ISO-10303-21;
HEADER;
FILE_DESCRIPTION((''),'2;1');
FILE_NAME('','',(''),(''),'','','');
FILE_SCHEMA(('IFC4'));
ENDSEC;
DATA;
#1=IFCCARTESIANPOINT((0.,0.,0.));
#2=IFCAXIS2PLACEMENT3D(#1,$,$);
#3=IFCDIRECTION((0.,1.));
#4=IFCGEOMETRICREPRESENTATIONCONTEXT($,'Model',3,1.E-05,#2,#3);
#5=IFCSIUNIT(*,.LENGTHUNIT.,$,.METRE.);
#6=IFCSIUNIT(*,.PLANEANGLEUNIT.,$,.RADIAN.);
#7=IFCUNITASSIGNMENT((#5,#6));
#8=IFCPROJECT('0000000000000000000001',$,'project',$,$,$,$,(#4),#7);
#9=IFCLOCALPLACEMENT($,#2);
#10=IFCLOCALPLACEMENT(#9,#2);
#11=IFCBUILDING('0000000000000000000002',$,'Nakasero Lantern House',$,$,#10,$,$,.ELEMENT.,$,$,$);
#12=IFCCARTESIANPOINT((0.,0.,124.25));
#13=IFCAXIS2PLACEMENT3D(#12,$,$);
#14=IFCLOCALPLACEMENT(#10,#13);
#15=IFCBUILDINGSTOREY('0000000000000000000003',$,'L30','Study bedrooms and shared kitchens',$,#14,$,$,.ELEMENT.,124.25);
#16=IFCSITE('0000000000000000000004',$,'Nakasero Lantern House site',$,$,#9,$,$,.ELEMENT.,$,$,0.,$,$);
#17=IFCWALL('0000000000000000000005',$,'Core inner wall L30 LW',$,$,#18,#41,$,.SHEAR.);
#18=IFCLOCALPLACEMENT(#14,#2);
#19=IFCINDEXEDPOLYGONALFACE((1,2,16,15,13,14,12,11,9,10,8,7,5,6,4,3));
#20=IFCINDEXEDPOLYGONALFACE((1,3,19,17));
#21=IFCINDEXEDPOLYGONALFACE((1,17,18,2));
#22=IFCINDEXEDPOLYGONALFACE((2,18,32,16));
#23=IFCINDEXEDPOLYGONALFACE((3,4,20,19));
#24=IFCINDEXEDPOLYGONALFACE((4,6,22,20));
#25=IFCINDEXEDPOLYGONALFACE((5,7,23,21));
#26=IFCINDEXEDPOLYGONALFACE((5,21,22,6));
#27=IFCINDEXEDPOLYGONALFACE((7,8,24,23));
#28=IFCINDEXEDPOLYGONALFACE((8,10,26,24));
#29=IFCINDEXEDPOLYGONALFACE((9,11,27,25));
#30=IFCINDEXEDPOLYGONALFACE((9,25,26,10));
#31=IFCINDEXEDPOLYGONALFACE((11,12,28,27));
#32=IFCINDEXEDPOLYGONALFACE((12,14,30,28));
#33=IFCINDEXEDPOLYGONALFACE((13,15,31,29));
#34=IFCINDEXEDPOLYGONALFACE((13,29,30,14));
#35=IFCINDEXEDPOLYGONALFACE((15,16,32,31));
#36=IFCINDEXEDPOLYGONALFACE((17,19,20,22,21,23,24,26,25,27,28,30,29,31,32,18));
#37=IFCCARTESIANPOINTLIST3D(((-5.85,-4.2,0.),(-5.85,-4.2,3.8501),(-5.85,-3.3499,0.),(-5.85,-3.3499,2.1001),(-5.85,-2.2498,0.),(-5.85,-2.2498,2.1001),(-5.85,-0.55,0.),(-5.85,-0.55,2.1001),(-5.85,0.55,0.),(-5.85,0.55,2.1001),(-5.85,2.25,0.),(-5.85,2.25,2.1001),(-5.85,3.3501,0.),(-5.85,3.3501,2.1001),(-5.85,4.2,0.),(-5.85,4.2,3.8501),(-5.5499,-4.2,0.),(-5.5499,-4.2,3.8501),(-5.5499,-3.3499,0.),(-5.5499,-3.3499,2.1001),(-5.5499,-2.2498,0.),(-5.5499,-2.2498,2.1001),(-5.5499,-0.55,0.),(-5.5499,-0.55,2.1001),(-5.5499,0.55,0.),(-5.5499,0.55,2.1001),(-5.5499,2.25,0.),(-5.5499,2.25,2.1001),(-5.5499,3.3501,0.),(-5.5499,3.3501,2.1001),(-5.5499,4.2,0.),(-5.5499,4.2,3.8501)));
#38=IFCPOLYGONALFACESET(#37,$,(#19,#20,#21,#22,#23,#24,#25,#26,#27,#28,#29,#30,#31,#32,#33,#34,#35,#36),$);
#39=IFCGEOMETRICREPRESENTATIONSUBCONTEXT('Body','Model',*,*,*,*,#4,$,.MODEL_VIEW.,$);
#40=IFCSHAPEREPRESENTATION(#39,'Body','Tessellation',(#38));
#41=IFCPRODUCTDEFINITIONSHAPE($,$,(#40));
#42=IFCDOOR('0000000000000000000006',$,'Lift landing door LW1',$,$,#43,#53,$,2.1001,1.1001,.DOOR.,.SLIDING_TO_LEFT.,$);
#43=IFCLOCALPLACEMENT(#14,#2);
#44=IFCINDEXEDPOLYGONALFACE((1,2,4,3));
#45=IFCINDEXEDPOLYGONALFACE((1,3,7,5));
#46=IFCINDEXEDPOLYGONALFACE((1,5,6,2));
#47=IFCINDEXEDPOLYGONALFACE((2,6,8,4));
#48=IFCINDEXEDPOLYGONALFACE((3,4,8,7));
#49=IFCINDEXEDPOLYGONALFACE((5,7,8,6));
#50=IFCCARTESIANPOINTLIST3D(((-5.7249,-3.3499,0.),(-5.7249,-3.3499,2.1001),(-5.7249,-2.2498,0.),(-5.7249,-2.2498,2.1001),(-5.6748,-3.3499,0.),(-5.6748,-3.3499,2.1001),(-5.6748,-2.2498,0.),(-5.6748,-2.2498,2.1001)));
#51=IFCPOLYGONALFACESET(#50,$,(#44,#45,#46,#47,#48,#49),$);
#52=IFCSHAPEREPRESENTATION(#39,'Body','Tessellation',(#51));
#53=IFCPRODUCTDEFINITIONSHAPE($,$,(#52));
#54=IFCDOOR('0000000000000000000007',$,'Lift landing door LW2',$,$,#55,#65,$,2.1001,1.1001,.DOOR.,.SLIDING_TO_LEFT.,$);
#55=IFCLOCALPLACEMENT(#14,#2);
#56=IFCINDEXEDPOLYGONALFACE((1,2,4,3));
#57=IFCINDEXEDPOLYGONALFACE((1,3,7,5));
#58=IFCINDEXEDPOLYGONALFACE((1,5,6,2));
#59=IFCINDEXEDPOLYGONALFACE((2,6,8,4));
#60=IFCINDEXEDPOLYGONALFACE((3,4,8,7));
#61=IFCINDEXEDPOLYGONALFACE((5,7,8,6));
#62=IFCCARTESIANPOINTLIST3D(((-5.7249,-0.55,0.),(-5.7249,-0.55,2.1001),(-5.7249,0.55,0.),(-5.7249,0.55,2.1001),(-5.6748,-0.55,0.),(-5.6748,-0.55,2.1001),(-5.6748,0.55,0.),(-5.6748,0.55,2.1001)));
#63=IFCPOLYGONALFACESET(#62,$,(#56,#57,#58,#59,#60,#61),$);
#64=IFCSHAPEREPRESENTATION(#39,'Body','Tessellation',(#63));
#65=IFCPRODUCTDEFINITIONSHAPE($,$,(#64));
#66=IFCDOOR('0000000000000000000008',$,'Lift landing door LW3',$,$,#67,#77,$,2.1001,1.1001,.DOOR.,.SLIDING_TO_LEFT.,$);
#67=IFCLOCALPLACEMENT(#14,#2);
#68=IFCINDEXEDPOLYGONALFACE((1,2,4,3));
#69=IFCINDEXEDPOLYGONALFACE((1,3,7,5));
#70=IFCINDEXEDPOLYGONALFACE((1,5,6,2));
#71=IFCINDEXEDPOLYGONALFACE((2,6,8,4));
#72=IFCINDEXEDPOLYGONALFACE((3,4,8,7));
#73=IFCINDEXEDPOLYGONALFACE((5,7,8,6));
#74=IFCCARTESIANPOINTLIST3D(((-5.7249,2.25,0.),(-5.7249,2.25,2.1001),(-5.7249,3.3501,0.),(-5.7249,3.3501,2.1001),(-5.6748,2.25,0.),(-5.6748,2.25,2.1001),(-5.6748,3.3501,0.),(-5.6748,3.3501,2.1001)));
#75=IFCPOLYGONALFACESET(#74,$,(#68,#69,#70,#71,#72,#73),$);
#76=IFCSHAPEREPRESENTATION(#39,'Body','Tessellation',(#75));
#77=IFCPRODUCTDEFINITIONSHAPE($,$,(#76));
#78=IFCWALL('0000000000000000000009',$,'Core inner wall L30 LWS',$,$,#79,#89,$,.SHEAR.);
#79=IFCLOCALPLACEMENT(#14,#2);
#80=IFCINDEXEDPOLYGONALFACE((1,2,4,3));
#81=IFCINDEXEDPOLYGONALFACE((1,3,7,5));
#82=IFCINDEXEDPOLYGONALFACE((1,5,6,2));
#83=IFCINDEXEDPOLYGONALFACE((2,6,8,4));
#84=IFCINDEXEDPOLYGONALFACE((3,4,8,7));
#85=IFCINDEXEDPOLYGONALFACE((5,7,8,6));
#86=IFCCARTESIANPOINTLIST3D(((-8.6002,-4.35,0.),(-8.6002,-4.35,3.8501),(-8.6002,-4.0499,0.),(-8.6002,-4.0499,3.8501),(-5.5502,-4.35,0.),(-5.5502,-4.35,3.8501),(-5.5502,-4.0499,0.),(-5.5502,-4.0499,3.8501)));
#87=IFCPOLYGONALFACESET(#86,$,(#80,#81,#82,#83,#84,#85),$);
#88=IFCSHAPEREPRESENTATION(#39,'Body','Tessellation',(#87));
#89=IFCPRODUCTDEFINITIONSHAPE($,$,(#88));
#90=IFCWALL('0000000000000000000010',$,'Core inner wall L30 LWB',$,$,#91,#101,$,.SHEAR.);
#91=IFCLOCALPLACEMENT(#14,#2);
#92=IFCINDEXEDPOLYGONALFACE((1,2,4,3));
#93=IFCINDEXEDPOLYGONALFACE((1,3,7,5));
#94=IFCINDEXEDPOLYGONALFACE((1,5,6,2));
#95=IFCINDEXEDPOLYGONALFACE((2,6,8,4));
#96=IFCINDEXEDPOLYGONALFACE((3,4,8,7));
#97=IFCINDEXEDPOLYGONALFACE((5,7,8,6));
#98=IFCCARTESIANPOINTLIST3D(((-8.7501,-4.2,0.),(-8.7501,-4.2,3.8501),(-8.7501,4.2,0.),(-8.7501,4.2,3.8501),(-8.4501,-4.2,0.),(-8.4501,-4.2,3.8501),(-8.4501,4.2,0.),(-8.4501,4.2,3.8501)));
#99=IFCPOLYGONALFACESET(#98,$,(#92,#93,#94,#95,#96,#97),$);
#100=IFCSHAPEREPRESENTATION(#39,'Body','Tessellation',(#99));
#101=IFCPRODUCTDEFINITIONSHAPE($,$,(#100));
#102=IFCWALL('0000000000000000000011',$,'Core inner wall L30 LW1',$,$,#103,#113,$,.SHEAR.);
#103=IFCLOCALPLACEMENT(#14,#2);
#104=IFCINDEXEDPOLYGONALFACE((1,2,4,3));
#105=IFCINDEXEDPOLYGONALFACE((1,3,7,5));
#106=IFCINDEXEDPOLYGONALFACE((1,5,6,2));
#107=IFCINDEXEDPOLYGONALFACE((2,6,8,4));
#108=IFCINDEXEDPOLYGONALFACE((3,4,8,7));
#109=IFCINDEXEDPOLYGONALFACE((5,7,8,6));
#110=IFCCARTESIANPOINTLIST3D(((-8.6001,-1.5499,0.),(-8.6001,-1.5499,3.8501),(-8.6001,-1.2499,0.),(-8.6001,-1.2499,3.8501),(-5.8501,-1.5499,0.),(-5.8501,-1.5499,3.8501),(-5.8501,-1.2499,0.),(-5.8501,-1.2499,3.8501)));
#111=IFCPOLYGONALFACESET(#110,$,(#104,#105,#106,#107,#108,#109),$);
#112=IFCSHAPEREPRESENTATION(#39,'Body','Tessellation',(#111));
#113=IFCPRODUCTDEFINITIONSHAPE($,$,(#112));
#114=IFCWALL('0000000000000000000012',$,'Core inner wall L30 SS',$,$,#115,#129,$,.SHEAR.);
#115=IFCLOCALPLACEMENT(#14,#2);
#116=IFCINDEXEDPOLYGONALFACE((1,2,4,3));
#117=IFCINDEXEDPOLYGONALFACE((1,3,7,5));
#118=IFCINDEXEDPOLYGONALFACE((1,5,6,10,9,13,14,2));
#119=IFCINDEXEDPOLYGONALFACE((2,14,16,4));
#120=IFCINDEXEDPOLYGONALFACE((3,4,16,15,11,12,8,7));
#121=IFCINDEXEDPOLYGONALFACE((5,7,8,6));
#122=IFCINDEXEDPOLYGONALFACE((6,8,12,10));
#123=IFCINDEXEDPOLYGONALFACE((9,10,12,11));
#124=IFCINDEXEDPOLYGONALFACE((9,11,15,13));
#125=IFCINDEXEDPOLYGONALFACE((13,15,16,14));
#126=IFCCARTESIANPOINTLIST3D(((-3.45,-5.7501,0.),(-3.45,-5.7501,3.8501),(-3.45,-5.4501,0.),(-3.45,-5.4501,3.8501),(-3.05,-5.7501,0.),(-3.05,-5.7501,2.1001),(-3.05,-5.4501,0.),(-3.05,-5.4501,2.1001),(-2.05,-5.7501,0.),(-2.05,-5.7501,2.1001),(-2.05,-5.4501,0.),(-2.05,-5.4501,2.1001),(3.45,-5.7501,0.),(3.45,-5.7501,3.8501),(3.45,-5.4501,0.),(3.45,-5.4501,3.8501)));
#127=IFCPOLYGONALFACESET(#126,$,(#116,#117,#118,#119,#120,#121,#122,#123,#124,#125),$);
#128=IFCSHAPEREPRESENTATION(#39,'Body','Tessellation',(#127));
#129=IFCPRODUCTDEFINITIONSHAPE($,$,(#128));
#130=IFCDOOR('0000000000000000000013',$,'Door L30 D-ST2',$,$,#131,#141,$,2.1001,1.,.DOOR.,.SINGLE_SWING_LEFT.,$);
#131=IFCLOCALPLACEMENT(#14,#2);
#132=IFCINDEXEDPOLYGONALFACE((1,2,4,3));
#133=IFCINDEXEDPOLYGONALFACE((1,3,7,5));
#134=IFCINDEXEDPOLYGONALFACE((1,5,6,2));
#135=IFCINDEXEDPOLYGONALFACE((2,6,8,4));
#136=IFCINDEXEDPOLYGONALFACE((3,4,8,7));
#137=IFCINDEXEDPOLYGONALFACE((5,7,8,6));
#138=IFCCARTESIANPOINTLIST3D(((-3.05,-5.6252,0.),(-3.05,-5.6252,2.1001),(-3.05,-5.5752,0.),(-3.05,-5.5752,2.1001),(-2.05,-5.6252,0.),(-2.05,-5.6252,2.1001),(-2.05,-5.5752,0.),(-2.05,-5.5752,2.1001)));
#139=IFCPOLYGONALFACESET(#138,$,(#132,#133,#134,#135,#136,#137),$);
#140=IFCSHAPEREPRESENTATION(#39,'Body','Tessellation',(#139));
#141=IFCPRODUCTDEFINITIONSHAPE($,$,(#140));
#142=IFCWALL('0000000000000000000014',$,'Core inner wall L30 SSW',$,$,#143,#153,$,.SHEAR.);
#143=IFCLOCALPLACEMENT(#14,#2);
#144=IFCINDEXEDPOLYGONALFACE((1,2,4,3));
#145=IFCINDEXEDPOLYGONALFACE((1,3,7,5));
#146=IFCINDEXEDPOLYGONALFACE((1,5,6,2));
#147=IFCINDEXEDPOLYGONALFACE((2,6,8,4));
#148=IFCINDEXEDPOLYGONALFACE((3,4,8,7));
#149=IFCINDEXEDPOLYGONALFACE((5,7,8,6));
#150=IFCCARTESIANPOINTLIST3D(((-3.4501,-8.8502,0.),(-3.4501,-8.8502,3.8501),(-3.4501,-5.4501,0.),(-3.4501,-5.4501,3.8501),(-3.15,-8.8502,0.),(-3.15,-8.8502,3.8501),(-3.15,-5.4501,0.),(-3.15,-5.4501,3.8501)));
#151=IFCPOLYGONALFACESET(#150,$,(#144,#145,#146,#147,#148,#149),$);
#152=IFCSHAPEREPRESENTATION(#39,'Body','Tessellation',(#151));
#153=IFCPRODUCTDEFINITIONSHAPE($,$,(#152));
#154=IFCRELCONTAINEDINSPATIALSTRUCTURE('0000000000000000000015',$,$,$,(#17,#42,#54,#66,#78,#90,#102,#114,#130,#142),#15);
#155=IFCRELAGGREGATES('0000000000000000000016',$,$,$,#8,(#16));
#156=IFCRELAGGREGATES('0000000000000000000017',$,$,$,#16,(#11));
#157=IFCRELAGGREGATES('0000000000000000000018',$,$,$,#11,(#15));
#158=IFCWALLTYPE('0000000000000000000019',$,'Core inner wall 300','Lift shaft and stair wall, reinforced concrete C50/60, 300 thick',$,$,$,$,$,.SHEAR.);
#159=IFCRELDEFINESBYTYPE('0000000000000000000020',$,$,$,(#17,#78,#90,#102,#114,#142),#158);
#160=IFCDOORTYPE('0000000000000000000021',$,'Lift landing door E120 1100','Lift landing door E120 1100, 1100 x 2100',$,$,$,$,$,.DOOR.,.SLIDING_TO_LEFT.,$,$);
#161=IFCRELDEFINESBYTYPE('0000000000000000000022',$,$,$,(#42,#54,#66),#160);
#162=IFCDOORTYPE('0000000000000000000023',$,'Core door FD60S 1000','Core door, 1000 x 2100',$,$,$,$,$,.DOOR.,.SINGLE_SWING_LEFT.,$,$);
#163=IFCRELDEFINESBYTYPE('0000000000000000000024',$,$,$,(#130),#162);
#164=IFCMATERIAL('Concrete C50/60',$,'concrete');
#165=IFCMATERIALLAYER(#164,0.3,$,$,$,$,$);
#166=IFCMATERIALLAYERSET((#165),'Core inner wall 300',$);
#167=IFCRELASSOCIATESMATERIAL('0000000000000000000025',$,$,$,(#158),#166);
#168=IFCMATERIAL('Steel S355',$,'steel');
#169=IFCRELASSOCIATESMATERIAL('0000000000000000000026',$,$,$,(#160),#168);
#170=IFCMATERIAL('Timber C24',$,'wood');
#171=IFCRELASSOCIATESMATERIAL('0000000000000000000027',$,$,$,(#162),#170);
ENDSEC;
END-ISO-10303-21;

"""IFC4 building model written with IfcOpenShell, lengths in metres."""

from ifc_helpers import new_model, si_unit, direction, frame, frame_2d, origin, place, context, subcontext, project, spatial, rectangle, extrude, material, layer, layer_set, type_object, element, fill, save


model = new_model("IFC4")

# Units and contexts
model_context = context("Model", 3, precision=1e-05, world=origin(), true_north=direction((0.0, 1.0)))
body_context = subcontext(model_context, "Body", "Model", "MODEL_VIEW")
ifc_project = project(units=[si_unit("LENGTHUNIT", "METRE"), si_unit("PLANEANGLEUNIT", "RADIAN")], contexts=[model_context])

# Site, building, storey
site_placement = place(None, origin())
site = spatial("IfcSite", under=ifc_project, at=site_placement, Name="Nakasero Lantern House site", CompositionType="ELEMENT", RefElevation=0.0)
building_placement = place(site_placement, origin())
building = spatial("IfcBuilding", under=site, at=building_placement, Name="Nakasero Lantern House", CompositionType="ELEMENT")
storey_placement = place(building_placement, frame((0.0, 0.0, 124.25)))
storey = spatial("IfcBuildingStorey", under=building, at=storey_placement, Name="L30", Description="Study bedrooms and shared kitchens", CompositionType="ELEMENT", Elevation=124.25)

# Wall, openings, doors
ifc_material_1 = material(Name="Concrete C50/60", Category="concrete")
ifc_layer_1 = layer(ifc_material_1, 0.3)
ifc_layer_set_1 = layer_set([ifc_layer_1], Name="Core inner wall 300")
wall_type_1 = type_object("IfcWallType", Name="Core inner wall 300", Description="Lift shaft and stair wall, reinforced concrete C50/60, 300 thick", PredefinedType="SHEAR", material=ifc_layer_set_1)
wall_1_placement = place(storey_placement, frame((-5.7, -4.2, 0.0), z_axis=(0.0, 0.0, 1.0), x_axis=(0.0, 1.0, 0.0)))
wall_1 = element("IfcWall", 1, at=wall_1_placement, inside=storey, type_object=wall_type_1, Name="Core inner wall L30 LW", PredefinedType="SHEAR", context=body_context, shape_type="SweptSolid", body=[
    extrude(rectangle(XDim=8.3999, YDim=0.3, at=frame_2d((4.2, 0.0))), origin(), (0.0, 0.0, 1.0), 3.8501),
])
opening_1_placement = place(wall_1_placement, frame((0.8501, 0.0, 0.0)))
opening_1 = element("IfcOpeningElement", 2, at=opening_1_placement, cuts=wall_1, PredefinedType="OPENING", context=body_context, shape_type="SweptSolid", body=[
    extrude(rectangle(XDim=1.1001, YDim=2.1001, at=frame_2d((0.55, 1.05))), frame((0.0, 0.1699, 0.0), z_axis=(0.0, -1.0, 0.0), x_axis=(1.0, 0.0, 0.0)), (0.0, 0.0, 1.0), 0.3401),
])
opening_2_placement = place(wall_1_placement, frame((3.6499, 0.0, 0.0)))
opening_2 = element("IfcOpeningElement", 3, at=opening_2_placement, cuts=wall_1, PredefinedType="OPENING", context=body_context, shape_type="SweptSolid", body=[
    extrude(rectangle(XDim=1.1001, YDim=2.1001, at=frame_2d((0.55, 1.05))), frame((0.0, 0.1699, 0.0), z_axis=(0.0, -1.0, 0.0), x_axis=(1.0, 0.0, 0.0)), (0.0, 0.0, 1.0), 0.3401),
])
opening_3_placement = place(wall_1_placement, frame((6.45, 0.0, 0.0)))
opening_3 = element("IfcOpeningElement", 4, at=opening_3_placement, cuts=wall_1, PredefinedType="OPENING", context=body_context, shape_type="SweptSolid", body=[
    extrude(rectangle(XDim=1.1001, YDim=2.1001, at=frame_2d((0.55, 1.05))), frame((0.0, 0.1699, 0.0), z_axis=(0.0, -1.0, 0.0), x_axis=(1.0, 0.0, 0.0)), (0.0, 0.0, 1.0), 0.3401),
])
ifc_material_2 = material(Name="Steel S355", Category="steel")
door_type_1 = type_object("IfcDoorType", Name="Lift landing door E120 1100", Description="Lift landing door E120 1100, 1100 x 2100", OperationType="SLIDING_TO_LEFT", PredefinedType="DOOR", material=ifc_material_2)
door_1_placement = place(opening_1_placement, origin())
door_1 = element("IfcDoor", 5, at=door_1_placement, inside=storey, type_object=door_type_1, Name="Lift landing door LW1", OperationType="SLIDING_TO_LEFT", OverallHeight=2.1001, OverallWidth=1.1001, PredefinedType="DOOR", context=body_context, shape_type="SweptSolid", body=[
    extrude(rectangle(XDim=1.1001, YDim=2.1001, at=frame_2d((0.55, 1.05))), frame((0.0, 0.0249, 0.0), z_axis=(0.0, -1.0, 0.0), x_axis=(1.0, 0.0, 0.0)), (0.0, 0.0, 1.0), 0.05),
])
fill(opening_1, door_1)
door_2_placement = place(opening_2_placement, origin())
door_2 = element("IfcDoor", 6, at=door_2_placement, inside=storey, type_object=door_type_1, Name="Lift landing door LW2", OperationType="SLIDING_TO_LEFT", OverallHeight=2.1001, OverallWidth=1.1001, PredefinedType="DOOR", context=body_context, shape_type="SweptSolid", body=[
    extrude(rectangle(XDim=1.1001, YDim=2.1001, at=frame_2d((0.55, 1.05))), frame((0.0, 0.0249, 0.0), z_axis=(0.0, -1.0, 0.0), x_axis=(1.0, 0.0, 0.0)), (0.0, 0.0, 1.0), 0.05),
])
fill(opening_2, door_2)
door_3_placement = place(opening_3_placement, origin())
door_3 = element("IfcDoor", 7, at=door_3_placement, inside=storey, type_object=door_type_1, Name="Lift landing door LW3", OperationType="SLIDING_TO_LEFT", OverallHeight=2.1001, OverallWidth=1.1001, PredefinedType="DOOR", context=body_context, shape_type="SweptSolid", body=[
    extrude(rectangle(XDim=1.1001, YDim=2.1001, at=frame_2d((0.55, 1.05))), frame((0.0, 0.0249, 0.0), z_axis=(0.0, -1.0, 0.0), x_axis=(1.0, 0.0, 0.0)), (0.0, 0.0, 1.0), 0.05),
])
fill(opening_3, door_3)

# Walls
wall_2_placement = place(storey_placement, frame((-8.6001, -4.2, 0.0), z_axis=(0.0, 0.0, 1.0), x_axis=(1.0, 0.0, 0.0)))
element("IfcWall", 8, at=wall_2_placement, inside=storey, type_object=wall_type_1, Name="Core inner wall L30 LWS", PredefinedType="SHEAR", context=body_context, shape_type="SweptSolid", body=[
    extrude(rectangle(XDim=3.05, YDim=0.3, at=frame_2d((1.5249, 0.0))), origin(), (0.0, 0.0, 1.0), 3.8501),
])
wall_3_placement = place(storey_placement, frame((-8.6001, -4.2, 0.0), z_axis=(0.0, 0.0, 1.0), x_axis=(0.0, 1.0, 0.0)))
element("IfcWall", 9, at=wall_3_placement, inside=storey, type_object=wall_type_1, Name="Core inner wall L30 LWB", PredefinedType="SHEAR", context=body_context, shape_type="SweptSolid", body=[
    extrude(rectangle(XDim=8.3999, YDim=0.3, at=frame_2d((4.2, 0.0))), origin(), (0.0, 0.0, 1.0), 3.8501),
])
wall_4_placement = place(storey_placement, frame((-8.6001, -1.3999, 0.0), z_axis=(0.0, 0.0, 1.0), x_axis=(1.0, 0.0, 0.0)))
element("IfcWall", 10, at=wall_4_placement, inside=storey, type_object=wall_type_1, Name="Core inner wall L30 LW1", PredefinedType="SHEAR", context=body_context, shape_type="SweptSolid", body=[
    extrude(rectangle(XDim=2.75, YDim=0.3, at=frame_2d((1.375, 0.0))), origin(), (0.0, 0.0, 1.0), 3.8501),
])

# Wall, opening, door
wall_5_placement = place(storey_placement, frame((-3.45, -5.6001, 0.0), z_axis=(0.0, 0.0, 1.0), x_axis=(1.0, 0.0, 0.0)))
wall_5 = element("IfcWall", 11, at=wall_5_placement, inside=storey, type_object=wall_type_1, Name="Core inner wall L30 SS", PredefinedType="SHEAR", context=body_context, shape_type="SweptSolid", body=[
    extrude(rectangle(XDim=6.8999, YDim=0.3, at=frame_2d((3.45, 0.0))), origin(), (0.0, 0.0, 1.0), 3.8501),
])
opening_4_placement = place(wall_5_placement, frame((0.3999, 0.0, 0.0)))
opening_4 = element("IfcOpeningElement", 12, at=opening_4_placement, cuts=wall_5, PredefinedType="OPENING", context=body_context, shape_type="SweptSolid", body=[
    extrude(rectangle(XDim=1.0, YDim=2.1001, at=frame_2d((0.5, 1.05))), frame((0.0, 0.1699, 0.0), z_axis=(0.0, -1.0, 0.0), x_axis=(1.0, 0.0, 0.0)), (0.0, 0.0, 1.0), 0.3401),
])
ifc_material_3 = material(Name="Timber C24", Category="wood")
door_type_2 = type_object("IfcDoorType", Name="Core door FD60S 1000", Description="Core door, 1000 x 2100", OperationType="SINGLE_SWING_LEFT", PredefinedType="DOOR", material=ifc_material_3)
door_4_placement = place(opening_4_placement, origin())
door_4 = element("IfcDoor", 13, at=door_4_placement, inside=storey, type_object=door_type_2, Name="Door L30 D-ST2", OperationType="SINGLE_SWING_LEFT", OverallHeight=2.1001, OverallWidth=1.0, PredefinedType="DOOR", context=body_context, shape_type="SweptSolid", body=[
    extrude(rectangle(XDim=1.0, YDim=2.1001, at=frame_2d((0.5, 1.05))), frame((0.0, 0.0249, 0.0), z_axis=(0.0, -1.0, 0.0), x_axis=(1.0, 0.0, 0.0)), (0.0, 0.0, 1.0), 0.05),
])
fill(opening_4, door_4)

# Wall
wall_6_placement = place(storey_placement, frame((-3.3, -5.45, 0.0), z_axis=(0.0, 0.0, 1.0), x_axis=(0.0, -1.0, 0.0)))
element("IfcWall", 14, at=wall_6_placement, inside=storey, type_object=wall_type_1, Name="Core inner wall L30 SSW", PredefinedType="SHEAR", context=body_context, shape_type="SweptSolid", body=[
    extrude(rectangle(XDim=3.4001, YDim=0.3, at=frame_2d((1.7002, 0.0))), origin(), (0.0, 0.0, 1.0), 3.8501),
])

save(model, "model.ifc")
